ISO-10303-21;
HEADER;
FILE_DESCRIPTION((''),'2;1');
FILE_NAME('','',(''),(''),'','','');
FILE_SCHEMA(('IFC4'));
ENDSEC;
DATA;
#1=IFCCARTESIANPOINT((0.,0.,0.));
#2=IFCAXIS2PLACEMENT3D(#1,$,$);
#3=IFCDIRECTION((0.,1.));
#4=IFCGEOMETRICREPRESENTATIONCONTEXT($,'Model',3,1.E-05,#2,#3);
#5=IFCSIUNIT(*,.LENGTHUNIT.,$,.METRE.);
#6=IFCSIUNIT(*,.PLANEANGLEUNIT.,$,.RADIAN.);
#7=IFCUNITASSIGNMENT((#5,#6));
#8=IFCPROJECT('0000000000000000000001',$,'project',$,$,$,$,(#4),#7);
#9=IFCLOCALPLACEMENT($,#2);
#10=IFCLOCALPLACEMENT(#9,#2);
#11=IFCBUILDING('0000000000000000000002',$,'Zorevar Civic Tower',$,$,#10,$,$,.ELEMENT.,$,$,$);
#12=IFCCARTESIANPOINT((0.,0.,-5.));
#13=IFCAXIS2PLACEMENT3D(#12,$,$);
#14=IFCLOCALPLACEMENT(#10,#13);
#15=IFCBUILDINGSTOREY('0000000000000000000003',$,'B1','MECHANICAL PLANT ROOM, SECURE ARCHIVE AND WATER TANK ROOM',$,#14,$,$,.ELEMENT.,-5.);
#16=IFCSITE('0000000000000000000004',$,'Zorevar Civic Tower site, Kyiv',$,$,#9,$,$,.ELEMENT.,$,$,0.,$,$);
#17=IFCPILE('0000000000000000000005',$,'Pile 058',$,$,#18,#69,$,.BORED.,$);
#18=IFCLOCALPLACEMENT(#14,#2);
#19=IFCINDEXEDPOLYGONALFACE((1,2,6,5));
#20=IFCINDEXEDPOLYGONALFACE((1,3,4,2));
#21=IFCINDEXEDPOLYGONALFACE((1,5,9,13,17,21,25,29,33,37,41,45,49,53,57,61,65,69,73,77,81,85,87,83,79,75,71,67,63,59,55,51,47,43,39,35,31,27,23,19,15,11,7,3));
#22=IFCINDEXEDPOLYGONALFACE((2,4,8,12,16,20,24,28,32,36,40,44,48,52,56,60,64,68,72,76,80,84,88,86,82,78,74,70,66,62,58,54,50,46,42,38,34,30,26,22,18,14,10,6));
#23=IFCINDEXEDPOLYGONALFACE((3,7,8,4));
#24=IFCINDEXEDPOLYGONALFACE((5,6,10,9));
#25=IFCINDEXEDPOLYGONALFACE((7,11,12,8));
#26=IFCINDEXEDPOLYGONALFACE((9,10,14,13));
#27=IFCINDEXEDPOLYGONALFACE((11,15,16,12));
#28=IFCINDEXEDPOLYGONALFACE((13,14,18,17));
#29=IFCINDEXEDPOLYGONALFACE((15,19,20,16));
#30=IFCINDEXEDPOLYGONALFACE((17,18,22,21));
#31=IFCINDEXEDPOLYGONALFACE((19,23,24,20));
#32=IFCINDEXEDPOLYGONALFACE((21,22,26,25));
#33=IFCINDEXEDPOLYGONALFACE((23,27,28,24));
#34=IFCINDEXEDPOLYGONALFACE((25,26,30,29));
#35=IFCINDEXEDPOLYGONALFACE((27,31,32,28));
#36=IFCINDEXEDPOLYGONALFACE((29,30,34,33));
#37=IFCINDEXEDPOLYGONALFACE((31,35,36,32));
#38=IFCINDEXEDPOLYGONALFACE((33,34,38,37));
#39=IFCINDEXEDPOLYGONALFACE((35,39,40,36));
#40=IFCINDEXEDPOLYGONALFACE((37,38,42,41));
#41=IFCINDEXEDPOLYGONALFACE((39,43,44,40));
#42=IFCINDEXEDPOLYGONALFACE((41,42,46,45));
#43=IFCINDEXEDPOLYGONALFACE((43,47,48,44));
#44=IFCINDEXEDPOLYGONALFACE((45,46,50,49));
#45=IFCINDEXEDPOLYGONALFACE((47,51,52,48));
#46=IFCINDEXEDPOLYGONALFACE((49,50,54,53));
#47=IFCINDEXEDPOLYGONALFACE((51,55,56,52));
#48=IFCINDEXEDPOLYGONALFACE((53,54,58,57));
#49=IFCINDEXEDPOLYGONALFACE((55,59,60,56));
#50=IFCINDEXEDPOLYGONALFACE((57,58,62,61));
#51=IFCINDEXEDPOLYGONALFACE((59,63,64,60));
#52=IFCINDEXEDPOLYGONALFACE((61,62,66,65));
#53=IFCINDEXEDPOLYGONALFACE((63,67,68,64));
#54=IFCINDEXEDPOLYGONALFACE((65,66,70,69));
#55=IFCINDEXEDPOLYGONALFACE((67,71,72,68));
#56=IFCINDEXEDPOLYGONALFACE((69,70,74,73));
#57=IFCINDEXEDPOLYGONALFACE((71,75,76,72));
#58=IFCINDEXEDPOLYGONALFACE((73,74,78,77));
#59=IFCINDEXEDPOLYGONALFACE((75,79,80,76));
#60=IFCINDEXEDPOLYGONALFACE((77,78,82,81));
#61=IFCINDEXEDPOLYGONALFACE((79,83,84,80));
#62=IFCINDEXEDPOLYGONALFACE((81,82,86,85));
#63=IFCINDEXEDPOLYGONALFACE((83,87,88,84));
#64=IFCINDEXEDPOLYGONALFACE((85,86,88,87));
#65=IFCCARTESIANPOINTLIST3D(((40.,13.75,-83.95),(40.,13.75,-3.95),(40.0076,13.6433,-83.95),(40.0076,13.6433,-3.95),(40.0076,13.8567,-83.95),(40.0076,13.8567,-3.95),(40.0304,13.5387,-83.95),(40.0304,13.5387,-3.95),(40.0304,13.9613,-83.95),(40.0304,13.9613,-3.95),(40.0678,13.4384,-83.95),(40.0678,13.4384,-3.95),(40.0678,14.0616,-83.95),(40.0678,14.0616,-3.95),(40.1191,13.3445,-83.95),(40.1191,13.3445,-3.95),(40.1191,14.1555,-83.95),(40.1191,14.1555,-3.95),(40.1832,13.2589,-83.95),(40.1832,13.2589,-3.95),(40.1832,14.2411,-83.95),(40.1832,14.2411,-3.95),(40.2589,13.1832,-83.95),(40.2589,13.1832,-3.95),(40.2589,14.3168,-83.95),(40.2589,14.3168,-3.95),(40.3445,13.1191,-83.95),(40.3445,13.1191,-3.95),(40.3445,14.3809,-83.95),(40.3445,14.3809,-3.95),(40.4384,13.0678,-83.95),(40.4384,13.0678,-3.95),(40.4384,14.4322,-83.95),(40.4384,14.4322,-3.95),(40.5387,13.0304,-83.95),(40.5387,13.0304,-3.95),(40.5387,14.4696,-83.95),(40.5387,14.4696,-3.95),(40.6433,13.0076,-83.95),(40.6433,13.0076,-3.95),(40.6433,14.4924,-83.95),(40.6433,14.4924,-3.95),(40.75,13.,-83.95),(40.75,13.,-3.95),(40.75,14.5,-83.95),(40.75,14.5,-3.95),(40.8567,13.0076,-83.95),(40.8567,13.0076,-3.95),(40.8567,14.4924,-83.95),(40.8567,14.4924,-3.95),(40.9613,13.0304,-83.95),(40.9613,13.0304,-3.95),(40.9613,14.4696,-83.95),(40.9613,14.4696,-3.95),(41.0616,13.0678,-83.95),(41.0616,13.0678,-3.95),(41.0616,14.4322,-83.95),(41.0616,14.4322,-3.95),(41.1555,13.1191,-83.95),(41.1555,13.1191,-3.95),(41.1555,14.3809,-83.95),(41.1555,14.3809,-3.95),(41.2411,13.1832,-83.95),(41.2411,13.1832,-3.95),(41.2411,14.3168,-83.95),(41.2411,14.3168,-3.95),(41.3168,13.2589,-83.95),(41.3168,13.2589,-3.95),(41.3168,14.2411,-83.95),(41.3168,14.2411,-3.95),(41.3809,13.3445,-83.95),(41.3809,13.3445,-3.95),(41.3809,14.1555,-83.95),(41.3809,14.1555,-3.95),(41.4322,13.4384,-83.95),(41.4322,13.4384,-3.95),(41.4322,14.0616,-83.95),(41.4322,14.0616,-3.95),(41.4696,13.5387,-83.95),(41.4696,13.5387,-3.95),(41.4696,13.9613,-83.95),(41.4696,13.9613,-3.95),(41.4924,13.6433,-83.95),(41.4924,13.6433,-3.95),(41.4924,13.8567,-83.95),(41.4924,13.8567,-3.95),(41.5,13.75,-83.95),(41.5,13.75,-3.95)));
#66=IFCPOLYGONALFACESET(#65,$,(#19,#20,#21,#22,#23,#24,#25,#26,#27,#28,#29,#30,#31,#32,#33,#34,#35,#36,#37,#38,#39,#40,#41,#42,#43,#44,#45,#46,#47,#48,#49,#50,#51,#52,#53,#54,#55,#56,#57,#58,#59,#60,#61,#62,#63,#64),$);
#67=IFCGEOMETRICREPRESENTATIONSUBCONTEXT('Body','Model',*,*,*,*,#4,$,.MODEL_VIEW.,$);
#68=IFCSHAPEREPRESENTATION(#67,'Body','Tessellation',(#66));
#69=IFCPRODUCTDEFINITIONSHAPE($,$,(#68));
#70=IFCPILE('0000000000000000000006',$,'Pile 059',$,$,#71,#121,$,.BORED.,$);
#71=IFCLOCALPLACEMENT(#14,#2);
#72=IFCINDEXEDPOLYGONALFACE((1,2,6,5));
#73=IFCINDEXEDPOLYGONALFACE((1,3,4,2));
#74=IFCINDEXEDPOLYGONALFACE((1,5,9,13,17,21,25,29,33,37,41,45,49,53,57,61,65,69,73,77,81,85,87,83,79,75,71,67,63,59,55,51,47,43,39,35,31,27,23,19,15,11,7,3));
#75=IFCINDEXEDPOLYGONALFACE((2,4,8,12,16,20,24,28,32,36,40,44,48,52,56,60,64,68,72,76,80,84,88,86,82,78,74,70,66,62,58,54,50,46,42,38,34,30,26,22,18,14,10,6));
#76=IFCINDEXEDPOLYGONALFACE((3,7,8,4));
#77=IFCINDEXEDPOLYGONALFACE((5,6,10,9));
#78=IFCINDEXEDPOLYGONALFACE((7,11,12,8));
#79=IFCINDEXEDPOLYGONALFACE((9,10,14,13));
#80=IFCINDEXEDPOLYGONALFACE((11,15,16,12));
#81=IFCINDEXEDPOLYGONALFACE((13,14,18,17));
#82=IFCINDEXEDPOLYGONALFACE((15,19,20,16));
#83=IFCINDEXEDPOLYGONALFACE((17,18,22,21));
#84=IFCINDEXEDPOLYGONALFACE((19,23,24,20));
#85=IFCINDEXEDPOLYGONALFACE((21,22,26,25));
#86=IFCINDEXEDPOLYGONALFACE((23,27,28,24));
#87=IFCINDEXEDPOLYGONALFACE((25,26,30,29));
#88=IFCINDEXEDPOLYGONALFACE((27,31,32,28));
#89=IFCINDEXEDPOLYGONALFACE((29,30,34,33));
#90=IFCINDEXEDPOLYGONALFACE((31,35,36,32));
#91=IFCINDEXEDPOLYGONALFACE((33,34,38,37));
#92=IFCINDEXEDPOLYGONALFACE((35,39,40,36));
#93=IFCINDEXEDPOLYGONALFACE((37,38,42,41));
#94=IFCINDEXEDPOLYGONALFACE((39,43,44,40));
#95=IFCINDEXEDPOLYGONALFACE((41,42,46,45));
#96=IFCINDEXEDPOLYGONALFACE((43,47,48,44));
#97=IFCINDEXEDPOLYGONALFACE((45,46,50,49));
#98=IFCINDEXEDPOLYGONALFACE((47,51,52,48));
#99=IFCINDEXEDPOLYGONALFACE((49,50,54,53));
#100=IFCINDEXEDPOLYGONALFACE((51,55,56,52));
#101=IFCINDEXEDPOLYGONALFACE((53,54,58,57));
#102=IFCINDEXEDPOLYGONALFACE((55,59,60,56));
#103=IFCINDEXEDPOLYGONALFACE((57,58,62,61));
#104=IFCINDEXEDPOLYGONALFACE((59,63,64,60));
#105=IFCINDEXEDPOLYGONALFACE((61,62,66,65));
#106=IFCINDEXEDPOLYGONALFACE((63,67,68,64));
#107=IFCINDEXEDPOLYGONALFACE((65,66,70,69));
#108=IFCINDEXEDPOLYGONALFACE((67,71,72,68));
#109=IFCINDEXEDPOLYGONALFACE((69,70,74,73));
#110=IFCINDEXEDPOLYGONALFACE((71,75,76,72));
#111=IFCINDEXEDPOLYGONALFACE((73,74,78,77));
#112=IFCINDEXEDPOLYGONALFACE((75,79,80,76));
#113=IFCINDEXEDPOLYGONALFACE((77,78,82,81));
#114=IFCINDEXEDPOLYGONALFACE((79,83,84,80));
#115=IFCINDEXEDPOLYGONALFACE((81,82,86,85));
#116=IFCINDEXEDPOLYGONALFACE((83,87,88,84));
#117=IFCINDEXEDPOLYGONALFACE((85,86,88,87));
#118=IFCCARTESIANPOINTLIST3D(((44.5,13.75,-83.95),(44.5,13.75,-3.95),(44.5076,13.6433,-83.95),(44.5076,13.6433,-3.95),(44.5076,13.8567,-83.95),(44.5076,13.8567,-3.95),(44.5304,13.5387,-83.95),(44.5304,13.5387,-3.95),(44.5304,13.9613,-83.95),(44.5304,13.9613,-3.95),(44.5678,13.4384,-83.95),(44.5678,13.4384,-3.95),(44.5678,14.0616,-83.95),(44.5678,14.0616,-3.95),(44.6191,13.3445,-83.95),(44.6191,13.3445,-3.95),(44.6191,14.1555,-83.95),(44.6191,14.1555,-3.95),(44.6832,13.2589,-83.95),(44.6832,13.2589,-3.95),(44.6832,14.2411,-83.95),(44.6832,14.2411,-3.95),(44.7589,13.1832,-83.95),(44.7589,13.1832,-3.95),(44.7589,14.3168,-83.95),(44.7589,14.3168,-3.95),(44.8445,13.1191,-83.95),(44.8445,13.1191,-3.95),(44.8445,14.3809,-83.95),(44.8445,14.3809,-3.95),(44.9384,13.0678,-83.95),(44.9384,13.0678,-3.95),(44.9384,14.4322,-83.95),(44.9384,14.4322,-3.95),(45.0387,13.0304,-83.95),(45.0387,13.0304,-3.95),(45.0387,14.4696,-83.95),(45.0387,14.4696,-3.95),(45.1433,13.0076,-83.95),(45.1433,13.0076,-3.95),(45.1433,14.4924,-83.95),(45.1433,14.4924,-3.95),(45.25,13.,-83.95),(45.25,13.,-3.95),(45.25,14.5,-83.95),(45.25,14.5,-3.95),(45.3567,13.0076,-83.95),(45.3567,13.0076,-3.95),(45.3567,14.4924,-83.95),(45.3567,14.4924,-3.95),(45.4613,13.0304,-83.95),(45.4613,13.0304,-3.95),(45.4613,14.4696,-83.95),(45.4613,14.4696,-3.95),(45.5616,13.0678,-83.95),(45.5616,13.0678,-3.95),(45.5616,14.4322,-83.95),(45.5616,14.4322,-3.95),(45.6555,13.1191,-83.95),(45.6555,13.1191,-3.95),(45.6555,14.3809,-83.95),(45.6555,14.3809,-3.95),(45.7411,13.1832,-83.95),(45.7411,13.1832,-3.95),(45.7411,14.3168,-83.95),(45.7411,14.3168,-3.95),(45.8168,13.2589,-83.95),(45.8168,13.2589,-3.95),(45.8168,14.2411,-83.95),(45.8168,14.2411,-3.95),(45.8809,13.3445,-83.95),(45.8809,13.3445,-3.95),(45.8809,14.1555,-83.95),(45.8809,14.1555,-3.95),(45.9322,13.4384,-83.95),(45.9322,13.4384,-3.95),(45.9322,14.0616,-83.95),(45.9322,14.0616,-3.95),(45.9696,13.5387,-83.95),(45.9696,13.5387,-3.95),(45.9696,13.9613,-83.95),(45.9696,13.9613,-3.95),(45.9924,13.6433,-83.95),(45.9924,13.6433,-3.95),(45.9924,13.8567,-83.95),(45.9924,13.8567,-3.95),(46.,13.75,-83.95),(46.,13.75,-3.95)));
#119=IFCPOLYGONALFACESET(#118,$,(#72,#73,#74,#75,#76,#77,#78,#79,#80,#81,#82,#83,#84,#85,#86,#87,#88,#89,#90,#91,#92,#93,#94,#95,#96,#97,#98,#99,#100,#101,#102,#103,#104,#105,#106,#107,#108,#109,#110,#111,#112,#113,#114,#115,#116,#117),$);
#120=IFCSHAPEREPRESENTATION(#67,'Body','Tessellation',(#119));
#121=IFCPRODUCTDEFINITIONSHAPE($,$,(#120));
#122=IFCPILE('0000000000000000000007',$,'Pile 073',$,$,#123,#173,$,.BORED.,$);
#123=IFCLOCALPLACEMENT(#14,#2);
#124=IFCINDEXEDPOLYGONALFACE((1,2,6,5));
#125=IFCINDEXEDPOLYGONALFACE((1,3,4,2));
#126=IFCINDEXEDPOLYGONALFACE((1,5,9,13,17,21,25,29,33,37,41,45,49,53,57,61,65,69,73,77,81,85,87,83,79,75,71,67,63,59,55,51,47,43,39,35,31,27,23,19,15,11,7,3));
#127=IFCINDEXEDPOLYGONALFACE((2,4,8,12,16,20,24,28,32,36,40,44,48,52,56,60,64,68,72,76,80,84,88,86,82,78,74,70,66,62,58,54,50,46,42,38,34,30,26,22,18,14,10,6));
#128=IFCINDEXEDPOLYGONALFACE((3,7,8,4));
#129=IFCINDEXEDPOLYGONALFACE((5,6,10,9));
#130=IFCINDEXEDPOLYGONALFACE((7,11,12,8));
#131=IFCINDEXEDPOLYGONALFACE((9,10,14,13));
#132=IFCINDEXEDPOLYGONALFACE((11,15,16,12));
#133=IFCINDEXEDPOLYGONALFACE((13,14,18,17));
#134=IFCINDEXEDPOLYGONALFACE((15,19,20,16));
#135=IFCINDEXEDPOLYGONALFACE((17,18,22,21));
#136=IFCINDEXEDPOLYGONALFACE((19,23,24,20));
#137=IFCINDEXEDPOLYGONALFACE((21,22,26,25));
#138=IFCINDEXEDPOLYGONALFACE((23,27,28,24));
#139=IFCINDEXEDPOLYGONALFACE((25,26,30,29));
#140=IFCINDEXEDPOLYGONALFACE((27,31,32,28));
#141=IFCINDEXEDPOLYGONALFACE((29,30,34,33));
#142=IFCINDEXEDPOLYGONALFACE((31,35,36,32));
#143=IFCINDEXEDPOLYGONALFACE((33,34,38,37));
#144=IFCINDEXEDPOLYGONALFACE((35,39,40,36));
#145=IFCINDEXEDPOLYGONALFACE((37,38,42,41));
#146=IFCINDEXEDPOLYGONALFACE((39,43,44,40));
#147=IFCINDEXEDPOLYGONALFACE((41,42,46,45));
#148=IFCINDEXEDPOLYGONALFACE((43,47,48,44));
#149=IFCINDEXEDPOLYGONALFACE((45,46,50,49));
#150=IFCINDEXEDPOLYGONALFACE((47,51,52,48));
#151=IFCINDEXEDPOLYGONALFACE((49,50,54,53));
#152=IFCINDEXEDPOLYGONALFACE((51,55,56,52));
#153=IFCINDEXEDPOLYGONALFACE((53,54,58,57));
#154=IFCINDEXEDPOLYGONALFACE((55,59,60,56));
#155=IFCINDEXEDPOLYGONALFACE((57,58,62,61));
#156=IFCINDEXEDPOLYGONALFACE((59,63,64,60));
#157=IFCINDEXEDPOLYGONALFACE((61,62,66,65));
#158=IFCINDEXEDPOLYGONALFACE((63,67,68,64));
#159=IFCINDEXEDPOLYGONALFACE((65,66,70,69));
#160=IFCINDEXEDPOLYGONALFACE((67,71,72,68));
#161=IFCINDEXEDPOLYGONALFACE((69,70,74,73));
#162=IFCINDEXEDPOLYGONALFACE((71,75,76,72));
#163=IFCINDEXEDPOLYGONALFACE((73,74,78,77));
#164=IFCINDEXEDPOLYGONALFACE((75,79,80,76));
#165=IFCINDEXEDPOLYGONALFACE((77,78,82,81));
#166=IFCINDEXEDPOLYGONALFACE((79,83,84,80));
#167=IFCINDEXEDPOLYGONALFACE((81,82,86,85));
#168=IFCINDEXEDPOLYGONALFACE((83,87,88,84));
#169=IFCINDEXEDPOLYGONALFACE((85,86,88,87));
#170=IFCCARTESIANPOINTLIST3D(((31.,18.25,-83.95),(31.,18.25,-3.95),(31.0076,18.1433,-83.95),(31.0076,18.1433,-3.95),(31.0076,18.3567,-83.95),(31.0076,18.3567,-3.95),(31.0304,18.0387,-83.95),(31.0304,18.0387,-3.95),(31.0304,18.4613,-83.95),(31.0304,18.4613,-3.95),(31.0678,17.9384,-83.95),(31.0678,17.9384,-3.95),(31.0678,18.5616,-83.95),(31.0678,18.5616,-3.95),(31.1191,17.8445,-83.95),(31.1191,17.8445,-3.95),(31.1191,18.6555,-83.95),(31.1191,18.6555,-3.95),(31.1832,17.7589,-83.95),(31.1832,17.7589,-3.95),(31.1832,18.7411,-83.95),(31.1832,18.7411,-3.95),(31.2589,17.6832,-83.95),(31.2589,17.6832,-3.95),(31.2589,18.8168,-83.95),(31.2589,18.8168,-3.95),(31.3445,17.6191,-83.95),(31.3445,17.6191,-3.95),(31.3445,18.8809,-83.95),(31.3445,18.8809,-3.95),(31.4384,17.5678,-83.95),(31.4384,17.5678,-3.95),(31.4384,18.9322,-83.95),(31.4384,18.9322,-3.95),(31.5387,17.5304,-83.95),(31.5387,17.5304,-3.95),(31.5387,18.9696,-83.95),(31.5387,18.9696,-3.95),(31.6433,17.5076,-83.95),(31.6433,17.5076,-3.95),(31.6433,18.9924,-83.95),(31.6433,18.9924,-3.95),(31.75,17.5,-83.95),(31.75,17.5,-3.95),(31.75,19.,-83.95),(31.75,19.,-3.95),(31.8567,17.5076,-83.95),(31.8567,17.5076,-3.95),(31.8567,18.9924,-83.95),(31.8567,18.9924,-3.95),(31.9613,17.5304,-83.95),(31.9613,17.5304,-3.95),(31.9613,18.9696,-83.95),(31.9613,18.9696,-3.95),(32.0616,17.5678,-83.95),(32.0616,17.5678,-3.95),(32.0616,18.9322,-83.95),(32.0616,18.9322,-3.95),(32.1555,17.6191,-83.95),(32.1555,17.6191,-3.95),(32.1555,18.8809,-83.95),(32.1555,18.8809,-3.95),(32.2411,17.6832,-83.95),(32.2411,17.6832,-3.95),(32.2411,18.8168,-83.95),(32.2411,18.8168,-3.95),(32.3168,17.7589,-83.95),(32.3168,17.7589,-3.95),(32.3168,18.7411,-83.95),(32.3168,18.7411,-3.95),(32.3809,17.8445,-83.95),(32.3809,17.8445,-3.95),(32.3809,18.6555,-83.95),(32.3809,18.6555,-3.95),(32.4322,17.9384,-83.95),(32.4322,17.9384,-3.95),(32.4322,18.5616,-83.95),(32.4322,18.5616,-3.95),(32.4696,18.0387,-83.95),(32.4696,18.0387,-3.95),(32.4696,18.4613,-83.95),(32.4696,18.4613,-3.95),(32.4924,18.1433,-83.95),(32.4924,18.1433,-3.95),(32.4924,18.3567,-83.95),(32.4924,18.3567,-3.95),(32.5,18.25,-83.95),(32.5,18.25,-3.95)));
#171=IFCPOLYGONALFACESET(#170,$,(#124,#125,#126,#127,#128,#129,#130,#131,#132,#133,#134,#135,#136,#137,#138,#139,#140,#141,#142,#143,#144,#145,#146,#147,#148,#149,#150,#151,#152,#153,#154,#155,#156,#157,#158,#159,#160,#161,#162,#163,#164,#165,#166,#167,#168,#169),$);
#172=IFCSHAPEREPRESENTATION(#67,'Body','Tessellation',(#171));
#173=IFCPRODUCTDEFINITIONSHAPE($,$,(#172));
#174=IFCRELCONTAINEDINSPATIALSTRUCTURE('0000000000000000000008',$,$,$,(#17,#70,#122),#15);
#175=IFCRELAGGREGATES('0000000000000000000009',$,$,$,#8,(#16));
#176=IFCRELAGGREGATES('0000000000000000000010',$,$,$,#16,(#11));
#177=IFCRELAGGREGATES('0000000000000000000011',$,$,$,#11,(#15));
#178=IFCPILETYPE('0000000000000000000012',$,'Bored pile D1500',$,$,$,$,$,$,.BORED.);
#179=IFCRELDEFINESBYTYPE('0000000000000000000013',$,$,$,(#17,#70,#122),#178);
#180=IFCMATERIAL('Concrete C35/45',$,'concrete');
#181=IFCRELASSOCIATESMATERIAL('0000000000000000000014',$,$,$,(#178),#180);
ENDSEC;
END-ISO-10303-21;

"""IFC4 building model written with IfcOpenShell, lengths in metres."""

from ifc_helpers import new_model, si_unit, direction, frame, origin, origin_2d, place, context, subcontext, project, spatial, circle, extrude, material, type_object, element, save


model = new_model("IFC4")

# Units and contexts
model_context = context("Model", 3, precision=1e-05, world=origin(), true_north=direction((0.0, 1.0)))
body_context = subcontext(model_context, "Body", "Model", "MODEL_VIEW")
ifc_project = project(units=[si_unit("LENGTHUNIT", "METRE"), si_unit("PLANEANGLEUNIT", "RADIAN")], contexts=[model_context])

# Site, building, storey
site_placement = place(None, origin())
site = spatial("IfcSite", under=ifc_project, at=site_placement, Name="Zorevar Civic Tower site, Kyiv", CompositionType="ELEMENT", RefElevation=0.0)
building_placement = place(site_placement, origin())
building = spatial("IfcBuilding", under=site, at=building_placement, Name="Zorevar Civic Tower", CompositionType="ELEMENT")
storey_placement = place(building_placement, frame((0.0, 0.0, -5.0)))
storey = spatial("IfcBuildingStorey", under=building, at=storey_placement, Name="B1", Description="MECHANICAL PLANT ROOM, SECURE ARCHIVE AND WATER TANK ROOM", CompositionType="ELEMENT", Elevation=-5.0)

# Piles
ifc_material_1 = material(Name="Concrete C35/45", Category="concrete")
pile_type = type_object("IfcPileType", Name="Bored pile D1500", PredefinedType="BORED", material=ifc_material_1)
for number, where, z_axis, x_axis, name in (
    (1, (40.75, 13.75, -3.95), (0.0, 0.0, -1.0), (1.0, 0.0, 0.0), "Pile 058"),
    (2, (45.25, 13.75, -3.95), (0.0, 0.0, -1.0), (1.0, 0.0, 0.0), "Pile 059"),
    (3, (31.75, 18.25, -3.95), (0.0, 0.0, -1.0), (1.0, 0.0, 0.0), "Pile 073"),
):
    element("IfcPile", number, at=place(storey_placement, frame(where, z_axis=z_axis, x_axis=x_axis)), inside=storey, type_object=pile_type, Name=name, PredefinedType="BORED", context=body_context, shape_type="SweptSolid", body=[
        extrude(circle(Radius=0.75, at=origin_2d()), origin(), (0.0, 0.0, 1.0), 80.0),
    ])

save(model, "model.ifc")
